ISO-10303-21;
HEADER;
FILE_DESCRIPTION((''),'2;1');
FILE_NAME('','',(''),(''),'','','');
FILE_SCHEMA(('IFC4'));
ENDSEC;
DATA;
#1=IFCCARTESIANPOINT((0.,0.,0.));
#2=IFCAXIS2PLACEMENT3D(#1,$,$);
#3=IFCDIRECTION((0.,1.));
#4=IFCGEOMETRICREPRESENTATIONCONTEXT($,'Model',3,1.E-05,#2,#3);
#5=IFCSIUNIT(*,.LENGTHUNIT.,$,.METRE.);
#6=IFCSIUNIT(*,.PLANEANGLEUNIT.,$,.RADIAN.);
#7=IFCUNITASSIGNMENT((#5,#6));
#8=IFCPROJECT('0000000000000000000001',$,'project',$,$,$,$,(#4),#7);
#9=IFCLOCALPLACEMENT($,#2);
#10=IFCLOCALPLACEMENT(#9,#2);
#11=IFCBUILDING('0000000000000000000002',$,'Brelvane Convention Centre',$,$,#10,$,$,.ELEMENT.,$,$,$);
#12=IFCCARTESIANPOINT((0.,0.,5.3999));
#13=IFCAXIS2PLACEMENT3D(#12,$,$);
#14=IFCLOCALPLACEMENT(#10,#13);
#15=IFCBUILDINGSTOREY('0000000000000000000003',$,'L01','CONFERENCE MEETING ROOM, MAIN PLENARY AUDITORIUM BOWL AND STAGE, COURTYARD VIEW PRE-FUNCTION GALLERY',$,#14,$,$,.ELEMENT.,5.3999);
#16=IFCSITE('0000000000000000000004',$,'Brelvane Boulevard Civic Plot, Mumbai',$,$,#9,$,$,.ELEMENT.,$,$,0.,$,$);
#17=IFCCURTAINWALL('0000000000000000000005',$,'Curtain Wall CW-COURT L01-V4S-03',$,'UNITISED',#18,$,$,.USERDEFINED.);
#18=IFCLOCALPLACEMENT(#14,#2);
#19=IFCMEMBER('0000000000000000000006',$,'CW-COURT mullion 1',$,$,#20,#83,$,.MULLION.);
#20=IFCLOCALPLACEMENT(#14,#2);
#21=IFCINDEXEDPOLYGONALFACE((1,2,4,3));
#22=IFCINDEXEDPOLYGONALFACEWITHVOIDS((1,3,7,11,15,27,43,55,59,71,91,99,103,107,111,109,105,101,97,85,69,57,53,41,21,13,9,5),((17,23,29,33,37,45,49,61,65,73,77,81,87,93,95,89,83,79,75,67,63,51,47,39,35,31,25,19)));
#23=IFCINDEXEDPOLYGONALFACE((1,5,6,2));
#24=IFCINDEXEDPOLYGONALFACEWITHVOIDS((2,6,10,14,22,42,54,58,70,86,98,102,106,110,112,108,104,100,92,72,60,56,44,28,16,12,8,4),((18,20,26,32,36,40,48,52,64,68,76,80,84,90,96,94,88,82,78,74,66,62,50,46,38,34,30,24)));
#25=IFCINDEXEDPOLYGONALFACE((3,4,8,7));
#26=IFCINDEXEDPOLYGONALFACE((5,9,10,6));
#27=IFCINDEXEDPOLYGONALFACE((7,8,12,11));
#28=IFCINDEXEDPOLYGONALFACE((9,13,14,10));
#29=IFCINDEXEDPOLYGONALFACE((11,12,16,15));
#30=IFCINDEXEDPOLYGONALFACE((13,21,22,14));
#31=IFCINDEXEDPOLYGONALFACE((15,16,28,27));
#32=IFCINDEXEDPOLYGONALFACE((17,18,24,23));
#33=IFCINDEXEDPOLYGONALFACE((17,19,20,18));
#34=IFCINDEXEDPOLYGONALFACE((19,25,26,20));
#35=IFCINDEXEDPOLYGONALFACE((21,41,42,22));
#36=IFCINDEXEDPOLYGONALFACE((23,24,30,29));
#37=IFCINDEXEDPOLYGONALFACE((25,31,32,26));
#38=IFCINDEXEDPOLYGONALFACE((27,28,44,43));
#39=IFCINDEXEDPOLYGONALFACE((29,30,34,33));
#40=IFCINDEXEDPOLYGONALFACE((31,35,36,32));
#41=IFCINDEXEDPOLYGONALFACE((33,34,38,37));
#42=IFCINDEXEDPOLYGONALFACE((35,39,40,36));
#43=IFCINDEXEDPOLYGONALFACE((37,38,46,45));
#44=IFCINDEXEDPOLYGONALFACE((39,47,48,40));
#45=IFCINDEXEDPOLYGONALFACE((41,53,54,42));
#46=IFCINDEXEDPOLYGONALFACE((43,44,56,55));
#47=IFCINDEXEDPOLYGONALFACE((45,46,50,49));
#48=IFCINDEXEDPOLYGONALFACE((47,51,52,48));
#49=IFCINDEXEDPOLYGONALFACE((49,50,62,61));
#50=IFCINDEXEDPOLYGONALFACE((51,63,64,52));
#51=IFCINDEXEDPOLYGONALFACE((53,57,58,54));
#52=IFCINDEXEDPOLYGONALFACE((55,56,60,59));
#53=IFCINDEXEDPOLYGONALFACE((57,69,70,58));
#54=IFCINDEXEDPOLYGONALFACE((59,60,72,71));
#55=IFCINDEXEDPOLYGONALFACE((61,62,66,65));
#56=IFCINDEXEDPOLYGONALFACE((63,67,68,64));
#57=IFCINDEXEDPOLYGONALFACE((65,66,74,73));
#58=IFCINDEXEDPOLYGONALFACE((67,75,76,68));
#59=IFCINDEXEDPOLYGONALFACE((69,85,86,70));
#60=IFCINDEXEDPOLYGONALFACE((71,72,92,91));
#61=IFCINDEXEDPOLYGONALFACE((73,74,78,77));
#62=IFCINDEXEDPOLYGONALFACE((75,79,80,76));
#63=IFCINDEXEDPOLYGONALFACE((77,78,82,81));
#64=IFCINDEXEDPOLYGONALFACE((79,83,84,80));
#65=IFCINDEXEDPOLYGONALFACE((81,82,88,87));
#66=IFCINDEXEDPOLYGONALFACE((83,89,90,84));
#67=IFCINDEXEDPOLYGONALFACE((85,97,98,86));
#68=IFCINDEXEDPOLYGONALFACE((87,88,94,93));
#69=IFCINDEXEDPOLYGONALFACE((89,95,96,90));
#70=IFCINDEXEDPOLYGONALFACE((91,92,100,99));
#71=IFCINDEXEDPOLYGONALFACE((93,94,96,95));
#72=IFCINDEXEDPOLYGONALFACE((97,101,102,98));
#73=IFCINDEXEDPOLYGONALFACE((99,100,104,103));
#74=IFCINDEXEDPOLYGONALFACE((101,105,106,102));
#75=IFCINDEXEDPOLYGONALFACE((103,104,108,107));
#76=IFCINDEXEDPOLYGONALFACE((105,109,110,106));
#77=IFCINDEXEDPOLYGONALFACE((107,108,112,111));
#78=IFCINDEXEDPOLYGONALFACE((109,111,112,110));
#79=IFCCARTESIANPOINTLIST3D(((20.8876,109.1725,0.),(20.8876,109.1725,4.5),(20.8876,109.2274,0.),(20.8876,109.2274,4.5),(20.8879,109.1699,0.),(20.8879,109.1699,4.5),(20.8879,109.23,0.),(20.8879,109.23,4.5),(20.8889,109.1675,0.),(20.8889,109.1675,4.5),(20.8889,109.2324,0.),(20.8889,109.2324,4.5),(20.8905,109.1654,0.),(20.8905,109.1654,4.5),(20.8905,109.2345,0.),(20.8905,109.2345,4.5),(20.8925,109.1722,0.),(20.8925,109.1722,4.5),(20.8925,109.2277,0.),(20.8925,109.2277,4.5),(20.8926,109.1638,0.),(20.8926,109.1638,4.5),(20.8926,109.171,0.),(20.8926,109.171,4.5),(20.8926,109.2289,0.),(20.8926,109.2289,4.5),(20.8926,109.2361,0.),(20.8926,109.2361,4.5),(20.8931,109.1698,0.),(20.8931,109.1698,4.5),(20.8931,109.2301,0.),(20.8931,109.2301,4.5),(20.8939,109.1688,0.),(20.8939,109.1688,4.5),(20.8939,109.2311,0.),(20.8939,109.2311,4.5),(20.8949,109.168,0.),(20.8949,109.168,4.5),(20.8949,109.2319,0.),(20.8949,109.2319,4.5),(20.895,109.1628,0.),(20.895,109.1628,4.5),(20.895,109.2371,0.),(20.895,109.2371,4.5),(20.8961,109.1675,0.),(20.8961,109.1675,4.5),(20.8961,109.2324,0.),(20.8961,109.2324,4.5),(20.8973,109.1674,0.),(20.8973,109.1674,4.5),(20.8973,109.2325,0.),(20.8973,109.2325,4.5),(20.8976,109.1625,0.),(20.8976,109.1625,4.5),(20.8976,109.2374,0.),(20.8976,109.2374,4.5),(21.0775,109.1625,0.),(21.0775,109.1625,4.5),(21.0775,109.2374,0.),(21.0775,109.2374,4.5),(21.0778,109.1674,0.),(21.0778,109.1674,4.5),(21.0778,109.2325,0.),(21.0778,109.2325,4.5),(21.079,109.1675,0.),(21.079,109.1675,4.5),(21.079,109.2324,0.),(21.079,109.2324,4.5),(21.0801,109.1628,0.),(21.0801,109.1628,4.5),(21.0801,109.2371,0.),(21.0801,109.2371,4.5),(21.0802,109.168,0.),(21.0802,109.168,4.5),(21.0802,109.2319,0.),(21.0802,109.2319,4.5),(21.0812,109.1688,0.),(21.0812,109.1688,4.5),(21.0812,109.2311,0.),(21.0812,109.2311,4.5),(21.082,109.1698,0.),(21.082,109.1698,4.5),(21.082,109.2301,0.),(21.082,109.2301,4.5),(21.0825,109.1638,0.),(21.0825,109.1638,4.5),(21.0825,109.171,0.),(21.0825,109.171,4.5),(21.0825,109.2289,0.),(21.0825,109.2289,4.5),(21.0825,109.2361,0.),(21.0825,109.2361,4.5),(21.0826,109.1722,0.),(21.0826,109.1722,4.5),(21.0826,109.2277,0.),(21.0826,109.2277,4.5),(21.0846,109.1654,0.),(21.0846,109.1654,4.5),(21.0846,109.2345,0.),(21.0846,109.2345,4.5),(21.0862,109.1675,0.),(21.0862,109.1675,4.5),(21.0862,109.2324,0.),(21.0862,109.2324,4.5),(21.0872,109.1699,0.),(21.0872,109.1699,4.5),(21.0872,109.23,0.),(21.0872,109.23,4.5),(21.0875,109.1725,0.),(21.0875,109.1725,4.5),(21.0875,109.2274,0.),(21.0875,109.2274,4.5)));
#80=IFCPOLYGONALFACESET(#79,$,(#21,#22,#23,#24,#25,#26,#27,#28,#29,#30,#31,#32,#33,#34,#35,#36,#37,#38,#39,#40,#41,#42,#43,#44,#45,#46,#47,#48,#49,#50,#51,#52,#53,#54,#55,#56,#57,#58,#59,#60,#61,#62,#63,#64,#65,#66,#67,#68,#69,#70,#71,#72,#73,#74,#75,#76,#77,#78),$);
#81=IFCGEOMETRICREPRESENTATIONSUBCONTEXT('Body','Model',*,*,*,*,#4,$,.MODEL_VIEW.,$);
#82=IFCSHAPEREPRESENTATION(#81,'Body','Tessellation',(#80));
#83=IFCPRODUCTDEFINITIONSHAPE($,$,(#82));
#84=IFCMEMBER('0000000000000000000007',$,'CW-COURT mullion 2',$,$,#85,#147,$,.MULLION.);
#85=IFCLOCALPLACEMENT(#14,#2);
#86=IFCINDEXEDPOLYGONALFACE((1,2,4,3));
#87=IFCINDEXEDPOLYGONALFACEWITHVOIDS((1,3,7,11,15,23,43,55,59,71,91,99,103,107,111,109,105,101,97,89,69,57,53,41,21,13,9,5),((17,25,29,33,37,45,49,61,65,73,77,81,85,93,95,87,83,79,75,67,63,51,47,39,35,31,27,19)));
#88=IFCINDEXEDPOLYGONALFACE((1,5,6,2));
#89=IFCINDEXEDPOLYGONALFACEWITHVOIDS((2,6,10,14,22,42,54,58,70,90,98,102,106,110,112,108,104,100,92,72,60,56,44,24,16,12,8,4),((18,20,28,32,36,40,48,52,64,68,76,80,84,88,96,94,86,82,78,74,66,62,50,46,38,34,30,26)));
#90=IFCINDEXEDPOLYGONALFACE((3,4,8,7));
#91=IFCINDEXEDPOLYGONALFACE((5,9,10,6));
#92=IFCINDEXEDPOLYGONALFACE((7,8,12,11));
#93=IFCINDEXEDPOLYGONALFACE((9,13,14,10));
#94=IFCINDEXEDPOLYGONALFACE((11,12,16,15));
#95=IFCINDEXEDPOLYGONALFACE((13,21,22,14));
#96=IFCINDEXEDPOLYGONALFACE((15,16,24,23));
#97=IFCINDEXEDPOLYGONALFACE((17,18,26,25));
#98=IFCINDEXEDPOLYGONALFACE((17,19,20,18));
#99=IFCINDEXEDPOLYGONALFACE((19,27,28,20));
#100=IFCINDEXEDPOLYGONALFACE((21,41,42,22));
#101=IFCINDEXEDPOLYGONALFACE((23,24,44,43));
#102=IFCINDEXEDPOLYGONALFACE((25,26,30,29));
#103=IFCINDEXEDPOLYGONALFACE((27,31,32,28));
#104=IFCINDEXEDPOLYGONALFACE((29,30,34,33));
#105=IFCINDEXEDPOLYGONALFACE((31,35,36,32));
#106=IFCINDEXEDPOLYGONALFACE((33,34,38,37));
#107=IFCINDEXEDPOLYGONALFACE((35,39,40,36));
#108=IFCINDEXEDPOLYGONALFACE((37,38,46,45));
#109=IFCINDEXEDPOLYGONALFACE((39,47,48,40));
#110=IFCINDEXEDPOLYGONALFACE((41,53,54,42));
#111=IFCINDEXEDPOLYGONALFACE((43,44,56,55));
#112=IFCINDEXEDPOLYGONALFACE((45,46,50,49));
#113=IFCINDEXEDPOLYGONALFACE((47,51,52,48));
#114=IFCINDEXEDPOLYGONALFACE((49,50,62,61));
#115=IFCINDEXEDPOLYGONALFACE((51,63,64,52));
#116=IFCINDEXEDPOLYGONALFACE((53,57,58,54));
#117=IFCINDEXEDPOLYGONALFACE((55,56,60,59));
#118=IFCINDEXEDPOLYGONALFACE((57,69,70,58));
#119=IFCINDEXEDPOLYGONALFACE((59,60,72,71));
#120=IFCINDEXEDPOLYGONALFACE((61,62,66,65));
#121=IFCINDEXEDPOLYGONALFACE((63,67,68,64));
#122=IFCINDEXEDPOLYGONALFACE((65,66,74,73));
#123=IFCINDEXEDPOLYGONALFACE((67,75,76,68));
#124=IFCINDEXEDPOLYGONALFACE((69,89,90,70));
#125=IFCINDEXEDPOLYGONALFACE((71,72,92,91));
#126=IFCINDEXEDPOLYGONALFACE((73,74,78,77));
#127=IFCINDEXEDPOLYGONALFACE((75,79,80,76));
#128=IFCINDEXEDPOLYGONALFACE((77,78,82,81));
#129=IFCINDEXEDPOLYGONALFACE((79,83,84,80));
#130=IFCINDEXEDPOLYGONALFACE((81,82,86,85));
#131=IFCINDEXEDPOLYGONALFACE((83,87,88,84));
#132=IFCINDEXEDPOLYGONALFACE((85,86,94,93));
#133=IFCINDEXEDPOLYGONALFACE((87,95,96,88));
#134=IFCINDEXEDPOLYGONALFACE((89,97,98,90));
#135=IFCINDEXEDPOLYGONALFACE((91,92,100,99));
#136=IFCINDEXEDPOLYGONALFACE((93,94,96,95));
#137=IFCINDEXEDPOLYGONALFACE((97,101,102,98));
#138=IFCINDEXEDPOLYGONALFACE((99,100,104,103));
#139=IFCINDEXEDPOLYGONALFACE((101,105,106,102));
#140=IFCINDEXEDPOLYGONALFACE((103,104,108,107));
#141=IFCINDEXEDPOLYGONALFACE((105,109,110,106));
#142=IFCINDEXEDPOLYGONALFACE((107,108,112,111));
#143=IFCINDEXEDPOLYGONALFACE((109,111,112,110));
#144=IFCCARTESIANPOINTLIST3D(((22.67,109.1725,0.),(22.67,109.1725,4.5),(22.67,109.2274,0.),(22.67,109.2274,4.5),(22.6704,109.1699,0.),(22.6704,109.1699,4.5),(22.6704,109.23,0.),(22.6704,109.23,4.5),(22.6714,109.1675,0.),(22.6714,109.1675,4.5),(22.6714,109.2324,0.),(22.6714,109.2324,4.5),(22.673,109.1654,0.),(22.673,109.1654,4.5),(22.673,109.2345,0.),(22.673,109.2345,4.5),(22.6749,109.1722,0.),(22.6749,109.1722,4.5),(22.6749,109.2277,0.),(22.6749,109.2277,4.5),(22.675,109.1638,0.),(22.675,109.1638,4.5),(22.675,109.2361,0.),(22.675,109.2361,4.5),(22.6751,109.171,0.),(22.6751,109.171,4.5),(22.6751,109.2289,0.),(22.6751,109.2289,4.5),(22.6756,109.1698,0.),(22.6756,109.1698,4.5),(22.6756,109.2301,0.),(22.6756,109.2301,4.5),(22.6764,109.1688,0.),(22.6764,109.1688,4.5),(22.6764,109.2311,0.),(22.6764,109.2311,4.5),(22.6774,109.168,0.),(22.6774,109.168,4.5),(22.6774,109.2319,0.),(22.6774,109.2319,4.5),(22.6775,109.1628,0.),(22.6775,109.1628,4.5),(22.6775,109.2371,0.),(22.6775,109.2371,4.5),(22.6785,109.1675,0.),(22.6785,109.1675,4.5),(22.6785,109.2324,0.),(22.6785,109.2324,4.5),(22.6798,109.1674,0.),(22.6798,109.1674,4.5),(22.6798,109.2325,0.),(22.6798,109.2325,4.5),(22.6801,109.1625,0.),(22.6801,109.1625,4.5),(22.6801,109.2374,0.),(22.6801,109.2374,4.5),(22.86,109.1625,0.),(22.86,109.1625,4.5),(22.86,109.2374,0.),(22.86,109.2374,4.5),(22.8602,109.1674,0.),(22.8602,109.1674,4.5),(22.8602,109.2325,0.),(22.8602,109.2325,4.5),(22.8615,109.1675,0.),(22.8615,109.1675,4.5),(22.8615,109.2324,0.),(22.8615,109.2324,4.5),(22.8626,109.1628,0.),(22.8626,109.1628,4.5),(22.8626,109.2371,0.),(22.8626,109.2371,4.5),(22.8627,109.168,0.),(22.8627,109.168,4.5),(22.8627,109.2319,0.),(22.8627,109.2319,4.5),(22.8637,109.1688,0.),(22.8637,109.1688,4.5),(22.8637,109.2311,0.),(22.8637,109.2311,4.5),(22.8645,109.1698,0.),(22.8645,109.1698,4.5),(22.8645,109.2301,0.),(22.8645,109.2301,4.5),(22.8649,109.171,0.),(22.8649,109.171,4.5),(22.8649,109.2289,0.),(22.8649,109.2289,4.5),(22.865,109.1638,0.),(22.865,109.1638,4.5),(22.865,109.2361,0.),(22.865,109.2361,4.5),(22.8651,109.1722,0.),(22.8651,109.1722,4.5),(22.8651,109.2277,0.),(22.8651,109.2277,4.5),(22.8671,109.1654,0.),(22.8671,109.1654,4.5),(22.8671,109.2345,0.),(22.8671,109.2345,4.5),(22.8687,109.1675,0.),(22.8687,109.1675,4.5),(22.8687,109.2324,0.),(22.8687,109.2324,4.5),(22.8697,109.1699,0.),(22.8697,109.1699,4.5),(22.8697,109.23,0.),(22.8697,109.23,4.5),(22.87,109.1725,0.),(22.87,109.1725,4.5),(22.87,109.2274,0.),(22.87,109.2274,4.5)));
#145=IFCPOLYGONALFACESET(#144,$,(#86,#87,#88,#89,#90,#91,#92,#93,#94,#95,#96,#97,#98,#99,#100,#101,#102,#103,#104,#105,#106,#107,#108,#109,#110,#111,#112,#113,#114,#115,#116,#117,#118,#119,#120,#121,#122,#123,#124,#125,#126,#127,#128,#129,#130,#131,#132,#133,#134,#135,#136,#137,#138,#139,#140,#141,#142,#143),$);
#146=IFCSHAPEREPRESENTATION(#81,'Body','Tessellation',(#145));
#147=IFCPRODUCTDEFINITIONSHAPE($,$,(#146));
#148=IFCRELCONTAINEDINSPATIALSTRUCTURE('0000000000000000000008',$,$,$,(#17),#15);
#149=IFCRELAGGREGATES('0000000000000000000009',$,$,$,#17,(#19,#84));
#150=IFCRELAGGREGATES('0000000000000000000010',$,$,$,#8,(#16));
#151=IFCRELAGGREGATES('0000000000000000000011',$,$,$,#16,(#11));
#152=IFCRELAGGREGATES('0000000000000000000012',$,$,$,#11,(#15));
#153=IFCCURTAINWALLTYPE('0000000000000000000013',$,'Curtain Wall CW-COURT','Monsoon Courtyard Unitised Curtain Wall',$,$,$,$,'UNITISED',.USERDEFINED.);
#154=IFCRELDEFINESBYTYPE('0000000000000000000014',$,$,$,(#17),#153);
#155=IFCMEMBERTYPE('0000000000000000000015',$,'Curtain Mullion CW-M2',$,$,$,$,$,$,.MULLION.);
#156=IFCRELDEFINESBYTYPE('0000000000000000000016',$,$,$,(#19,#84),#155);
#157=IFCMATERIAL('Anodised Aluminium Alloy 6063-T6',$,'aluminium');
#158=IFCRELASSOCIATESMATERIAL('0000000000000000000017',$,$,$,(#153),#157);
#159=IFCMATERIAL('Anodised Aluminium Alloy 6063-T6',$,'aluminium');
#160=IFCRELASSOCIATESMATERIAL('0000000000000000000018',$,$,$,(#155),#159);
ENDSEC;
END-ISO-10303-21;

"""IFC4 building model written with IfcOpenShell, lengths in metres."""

from ifc_helpers import new_model, si_unit, direction, frame, origin, origin_2d, place, context, subcontext, project, spatial, hollow_rectangle, extrude, material, material_profile, profile_set, type_object, element, aggregate, save


model = new_model("IFC4")

# Units and contexts
model_context = context("Model", 3, precision=1e-05, world=origin(), true_north=direction((0.0, 1.0)))
body_context = subcontext(model_context, "Body", "Model", "MODEL_VIEW")
ifc_project = project(units=[si_unit("LENGTHUNIT", "METRE"), si_unit("PLANEANGLEUNIT", "RADIAN")], contexts=[model_context])

# Site, building, storey
site_placement = place(None, origin())
site = spatial("IfcSite", under=ifc_project, at=site_placement, Name="Brelvane Boulevard Civic Plot, Mumbai", CompositionType="ELEMENT", RefElevation=0.0)
building_placement = place(site_placement, origin())
building = spatial("IfcBuilding", under=site, at=building_placement, Name="Brelvane Convention Centre", CompositionType="ELEMENT")
storey_placement = place(building_placement, frame((0.0, 0.0, 5.3999)))
storey = spatial("IfcBuildingStorey", under=building, at=storey_placement, Name="L01", Description="CONFERENCE MEETING ROOM, MAIN PLENARY AUDITORIUM BOWL AND STAGE, COURTYARD VIEW PRE-FUNCTION GALLERY", CompositionType="ELEMENT", Elevation=5.3999)

# Curtain wall, members
ifc_material_1 = material(Name="Anodised Aluminium Alloy 6063-T6", Category="aluminium")
curtain_wall_type = type_object("IfcCurtainWallType", Name="Curtain Wall CW-COURT", Description="Monsoon Courtyard Unitised Curtain Wall", ElementType="UNITISED", PredefinedType="USERDEFINED", material=ifc_material_1)
curtain_wall_placement = place(storey_placement, origin())
curtain_wall = element("IfcCurtainWall", 1, at=curtain_wall_placement, inside=storey, type_object=curtain_wall_type, Name="Curtain Wall CW-COURT L01-V4S-03", ObjectType="UNITISED", PredefinedType="USERDEFINED")
ifc_material_2 = material(Name="Anodised Aluminium Alloy 6063-T6", Category="aluminium")
ifc_material_profile_1 = material_profile(ifc_material_2, hollow_rectangle(XDim=0.075, YDim=0.2, WallThickness=0.0049, InnerFilletRadius=0.0049, OuterFilletRadius=0.01, at=origin_2d()), Name="ALU-M 200x75x5.0")
ifc_profile_set_1 = profile_set([ifc_material_profile_1], Name="Anodised Aluminium Alloy 6063-T6")
member_type_1 = type_object("IfcMemberType", Name="Curtain Mullion CW-M2", PredefinedType="MULLION", material=ifc_profile_set_1)
member_1_placement = place(storey_placement, frame((20.9875, 109.2, 0.0), z_axis=(0.0, 0.0, 1.0), x_axis=(0.0, 1.0, 0.0)))
member_1 = element("IfcMember", 2, at=member_1_placement, type_object=member_type_1, Name="CW-COURT mullion 1", PredefinedType="MULLION", context=body_context, shape_type="SweptSolid", body=[
    extrude(hollow_rectangle(XDim=0.075, YDim=0.2, WallThickness=0.0049, InnerFilletRadius=0.0049, OuterFilletRadius=0.01, at=origin_2d()), origin(), (0.0, 0.0, 1.0), 4.5),
])
member_2_placement = place(storey_placement, frame((22.77, 109.2, 0.0), z_axis=(0.0, 0.0, 1.0), x_axis=(0.0, 1.0, 0.0)))
member_2 = element("IfcMember", 3, at=member_2_placement, type_object=member_type_1, Name="CW-COURT mullion 2", PredefinedType="MULLION", context=body_context, shape_type="SweptSolid", body=[
    extrude(hollow_rectangle(XDim=0.075, YDim=0.2, WallThickness=0.0049, InnerFilletRadius=0.0049, OuterFilletRadius=0.01, at=origin_2d()), origin(), (0.0, 0.0, 1.0), 4.5),
])

aggregate(curtain_wall, [member_1, member_2])

save(model, "model.ifc")
